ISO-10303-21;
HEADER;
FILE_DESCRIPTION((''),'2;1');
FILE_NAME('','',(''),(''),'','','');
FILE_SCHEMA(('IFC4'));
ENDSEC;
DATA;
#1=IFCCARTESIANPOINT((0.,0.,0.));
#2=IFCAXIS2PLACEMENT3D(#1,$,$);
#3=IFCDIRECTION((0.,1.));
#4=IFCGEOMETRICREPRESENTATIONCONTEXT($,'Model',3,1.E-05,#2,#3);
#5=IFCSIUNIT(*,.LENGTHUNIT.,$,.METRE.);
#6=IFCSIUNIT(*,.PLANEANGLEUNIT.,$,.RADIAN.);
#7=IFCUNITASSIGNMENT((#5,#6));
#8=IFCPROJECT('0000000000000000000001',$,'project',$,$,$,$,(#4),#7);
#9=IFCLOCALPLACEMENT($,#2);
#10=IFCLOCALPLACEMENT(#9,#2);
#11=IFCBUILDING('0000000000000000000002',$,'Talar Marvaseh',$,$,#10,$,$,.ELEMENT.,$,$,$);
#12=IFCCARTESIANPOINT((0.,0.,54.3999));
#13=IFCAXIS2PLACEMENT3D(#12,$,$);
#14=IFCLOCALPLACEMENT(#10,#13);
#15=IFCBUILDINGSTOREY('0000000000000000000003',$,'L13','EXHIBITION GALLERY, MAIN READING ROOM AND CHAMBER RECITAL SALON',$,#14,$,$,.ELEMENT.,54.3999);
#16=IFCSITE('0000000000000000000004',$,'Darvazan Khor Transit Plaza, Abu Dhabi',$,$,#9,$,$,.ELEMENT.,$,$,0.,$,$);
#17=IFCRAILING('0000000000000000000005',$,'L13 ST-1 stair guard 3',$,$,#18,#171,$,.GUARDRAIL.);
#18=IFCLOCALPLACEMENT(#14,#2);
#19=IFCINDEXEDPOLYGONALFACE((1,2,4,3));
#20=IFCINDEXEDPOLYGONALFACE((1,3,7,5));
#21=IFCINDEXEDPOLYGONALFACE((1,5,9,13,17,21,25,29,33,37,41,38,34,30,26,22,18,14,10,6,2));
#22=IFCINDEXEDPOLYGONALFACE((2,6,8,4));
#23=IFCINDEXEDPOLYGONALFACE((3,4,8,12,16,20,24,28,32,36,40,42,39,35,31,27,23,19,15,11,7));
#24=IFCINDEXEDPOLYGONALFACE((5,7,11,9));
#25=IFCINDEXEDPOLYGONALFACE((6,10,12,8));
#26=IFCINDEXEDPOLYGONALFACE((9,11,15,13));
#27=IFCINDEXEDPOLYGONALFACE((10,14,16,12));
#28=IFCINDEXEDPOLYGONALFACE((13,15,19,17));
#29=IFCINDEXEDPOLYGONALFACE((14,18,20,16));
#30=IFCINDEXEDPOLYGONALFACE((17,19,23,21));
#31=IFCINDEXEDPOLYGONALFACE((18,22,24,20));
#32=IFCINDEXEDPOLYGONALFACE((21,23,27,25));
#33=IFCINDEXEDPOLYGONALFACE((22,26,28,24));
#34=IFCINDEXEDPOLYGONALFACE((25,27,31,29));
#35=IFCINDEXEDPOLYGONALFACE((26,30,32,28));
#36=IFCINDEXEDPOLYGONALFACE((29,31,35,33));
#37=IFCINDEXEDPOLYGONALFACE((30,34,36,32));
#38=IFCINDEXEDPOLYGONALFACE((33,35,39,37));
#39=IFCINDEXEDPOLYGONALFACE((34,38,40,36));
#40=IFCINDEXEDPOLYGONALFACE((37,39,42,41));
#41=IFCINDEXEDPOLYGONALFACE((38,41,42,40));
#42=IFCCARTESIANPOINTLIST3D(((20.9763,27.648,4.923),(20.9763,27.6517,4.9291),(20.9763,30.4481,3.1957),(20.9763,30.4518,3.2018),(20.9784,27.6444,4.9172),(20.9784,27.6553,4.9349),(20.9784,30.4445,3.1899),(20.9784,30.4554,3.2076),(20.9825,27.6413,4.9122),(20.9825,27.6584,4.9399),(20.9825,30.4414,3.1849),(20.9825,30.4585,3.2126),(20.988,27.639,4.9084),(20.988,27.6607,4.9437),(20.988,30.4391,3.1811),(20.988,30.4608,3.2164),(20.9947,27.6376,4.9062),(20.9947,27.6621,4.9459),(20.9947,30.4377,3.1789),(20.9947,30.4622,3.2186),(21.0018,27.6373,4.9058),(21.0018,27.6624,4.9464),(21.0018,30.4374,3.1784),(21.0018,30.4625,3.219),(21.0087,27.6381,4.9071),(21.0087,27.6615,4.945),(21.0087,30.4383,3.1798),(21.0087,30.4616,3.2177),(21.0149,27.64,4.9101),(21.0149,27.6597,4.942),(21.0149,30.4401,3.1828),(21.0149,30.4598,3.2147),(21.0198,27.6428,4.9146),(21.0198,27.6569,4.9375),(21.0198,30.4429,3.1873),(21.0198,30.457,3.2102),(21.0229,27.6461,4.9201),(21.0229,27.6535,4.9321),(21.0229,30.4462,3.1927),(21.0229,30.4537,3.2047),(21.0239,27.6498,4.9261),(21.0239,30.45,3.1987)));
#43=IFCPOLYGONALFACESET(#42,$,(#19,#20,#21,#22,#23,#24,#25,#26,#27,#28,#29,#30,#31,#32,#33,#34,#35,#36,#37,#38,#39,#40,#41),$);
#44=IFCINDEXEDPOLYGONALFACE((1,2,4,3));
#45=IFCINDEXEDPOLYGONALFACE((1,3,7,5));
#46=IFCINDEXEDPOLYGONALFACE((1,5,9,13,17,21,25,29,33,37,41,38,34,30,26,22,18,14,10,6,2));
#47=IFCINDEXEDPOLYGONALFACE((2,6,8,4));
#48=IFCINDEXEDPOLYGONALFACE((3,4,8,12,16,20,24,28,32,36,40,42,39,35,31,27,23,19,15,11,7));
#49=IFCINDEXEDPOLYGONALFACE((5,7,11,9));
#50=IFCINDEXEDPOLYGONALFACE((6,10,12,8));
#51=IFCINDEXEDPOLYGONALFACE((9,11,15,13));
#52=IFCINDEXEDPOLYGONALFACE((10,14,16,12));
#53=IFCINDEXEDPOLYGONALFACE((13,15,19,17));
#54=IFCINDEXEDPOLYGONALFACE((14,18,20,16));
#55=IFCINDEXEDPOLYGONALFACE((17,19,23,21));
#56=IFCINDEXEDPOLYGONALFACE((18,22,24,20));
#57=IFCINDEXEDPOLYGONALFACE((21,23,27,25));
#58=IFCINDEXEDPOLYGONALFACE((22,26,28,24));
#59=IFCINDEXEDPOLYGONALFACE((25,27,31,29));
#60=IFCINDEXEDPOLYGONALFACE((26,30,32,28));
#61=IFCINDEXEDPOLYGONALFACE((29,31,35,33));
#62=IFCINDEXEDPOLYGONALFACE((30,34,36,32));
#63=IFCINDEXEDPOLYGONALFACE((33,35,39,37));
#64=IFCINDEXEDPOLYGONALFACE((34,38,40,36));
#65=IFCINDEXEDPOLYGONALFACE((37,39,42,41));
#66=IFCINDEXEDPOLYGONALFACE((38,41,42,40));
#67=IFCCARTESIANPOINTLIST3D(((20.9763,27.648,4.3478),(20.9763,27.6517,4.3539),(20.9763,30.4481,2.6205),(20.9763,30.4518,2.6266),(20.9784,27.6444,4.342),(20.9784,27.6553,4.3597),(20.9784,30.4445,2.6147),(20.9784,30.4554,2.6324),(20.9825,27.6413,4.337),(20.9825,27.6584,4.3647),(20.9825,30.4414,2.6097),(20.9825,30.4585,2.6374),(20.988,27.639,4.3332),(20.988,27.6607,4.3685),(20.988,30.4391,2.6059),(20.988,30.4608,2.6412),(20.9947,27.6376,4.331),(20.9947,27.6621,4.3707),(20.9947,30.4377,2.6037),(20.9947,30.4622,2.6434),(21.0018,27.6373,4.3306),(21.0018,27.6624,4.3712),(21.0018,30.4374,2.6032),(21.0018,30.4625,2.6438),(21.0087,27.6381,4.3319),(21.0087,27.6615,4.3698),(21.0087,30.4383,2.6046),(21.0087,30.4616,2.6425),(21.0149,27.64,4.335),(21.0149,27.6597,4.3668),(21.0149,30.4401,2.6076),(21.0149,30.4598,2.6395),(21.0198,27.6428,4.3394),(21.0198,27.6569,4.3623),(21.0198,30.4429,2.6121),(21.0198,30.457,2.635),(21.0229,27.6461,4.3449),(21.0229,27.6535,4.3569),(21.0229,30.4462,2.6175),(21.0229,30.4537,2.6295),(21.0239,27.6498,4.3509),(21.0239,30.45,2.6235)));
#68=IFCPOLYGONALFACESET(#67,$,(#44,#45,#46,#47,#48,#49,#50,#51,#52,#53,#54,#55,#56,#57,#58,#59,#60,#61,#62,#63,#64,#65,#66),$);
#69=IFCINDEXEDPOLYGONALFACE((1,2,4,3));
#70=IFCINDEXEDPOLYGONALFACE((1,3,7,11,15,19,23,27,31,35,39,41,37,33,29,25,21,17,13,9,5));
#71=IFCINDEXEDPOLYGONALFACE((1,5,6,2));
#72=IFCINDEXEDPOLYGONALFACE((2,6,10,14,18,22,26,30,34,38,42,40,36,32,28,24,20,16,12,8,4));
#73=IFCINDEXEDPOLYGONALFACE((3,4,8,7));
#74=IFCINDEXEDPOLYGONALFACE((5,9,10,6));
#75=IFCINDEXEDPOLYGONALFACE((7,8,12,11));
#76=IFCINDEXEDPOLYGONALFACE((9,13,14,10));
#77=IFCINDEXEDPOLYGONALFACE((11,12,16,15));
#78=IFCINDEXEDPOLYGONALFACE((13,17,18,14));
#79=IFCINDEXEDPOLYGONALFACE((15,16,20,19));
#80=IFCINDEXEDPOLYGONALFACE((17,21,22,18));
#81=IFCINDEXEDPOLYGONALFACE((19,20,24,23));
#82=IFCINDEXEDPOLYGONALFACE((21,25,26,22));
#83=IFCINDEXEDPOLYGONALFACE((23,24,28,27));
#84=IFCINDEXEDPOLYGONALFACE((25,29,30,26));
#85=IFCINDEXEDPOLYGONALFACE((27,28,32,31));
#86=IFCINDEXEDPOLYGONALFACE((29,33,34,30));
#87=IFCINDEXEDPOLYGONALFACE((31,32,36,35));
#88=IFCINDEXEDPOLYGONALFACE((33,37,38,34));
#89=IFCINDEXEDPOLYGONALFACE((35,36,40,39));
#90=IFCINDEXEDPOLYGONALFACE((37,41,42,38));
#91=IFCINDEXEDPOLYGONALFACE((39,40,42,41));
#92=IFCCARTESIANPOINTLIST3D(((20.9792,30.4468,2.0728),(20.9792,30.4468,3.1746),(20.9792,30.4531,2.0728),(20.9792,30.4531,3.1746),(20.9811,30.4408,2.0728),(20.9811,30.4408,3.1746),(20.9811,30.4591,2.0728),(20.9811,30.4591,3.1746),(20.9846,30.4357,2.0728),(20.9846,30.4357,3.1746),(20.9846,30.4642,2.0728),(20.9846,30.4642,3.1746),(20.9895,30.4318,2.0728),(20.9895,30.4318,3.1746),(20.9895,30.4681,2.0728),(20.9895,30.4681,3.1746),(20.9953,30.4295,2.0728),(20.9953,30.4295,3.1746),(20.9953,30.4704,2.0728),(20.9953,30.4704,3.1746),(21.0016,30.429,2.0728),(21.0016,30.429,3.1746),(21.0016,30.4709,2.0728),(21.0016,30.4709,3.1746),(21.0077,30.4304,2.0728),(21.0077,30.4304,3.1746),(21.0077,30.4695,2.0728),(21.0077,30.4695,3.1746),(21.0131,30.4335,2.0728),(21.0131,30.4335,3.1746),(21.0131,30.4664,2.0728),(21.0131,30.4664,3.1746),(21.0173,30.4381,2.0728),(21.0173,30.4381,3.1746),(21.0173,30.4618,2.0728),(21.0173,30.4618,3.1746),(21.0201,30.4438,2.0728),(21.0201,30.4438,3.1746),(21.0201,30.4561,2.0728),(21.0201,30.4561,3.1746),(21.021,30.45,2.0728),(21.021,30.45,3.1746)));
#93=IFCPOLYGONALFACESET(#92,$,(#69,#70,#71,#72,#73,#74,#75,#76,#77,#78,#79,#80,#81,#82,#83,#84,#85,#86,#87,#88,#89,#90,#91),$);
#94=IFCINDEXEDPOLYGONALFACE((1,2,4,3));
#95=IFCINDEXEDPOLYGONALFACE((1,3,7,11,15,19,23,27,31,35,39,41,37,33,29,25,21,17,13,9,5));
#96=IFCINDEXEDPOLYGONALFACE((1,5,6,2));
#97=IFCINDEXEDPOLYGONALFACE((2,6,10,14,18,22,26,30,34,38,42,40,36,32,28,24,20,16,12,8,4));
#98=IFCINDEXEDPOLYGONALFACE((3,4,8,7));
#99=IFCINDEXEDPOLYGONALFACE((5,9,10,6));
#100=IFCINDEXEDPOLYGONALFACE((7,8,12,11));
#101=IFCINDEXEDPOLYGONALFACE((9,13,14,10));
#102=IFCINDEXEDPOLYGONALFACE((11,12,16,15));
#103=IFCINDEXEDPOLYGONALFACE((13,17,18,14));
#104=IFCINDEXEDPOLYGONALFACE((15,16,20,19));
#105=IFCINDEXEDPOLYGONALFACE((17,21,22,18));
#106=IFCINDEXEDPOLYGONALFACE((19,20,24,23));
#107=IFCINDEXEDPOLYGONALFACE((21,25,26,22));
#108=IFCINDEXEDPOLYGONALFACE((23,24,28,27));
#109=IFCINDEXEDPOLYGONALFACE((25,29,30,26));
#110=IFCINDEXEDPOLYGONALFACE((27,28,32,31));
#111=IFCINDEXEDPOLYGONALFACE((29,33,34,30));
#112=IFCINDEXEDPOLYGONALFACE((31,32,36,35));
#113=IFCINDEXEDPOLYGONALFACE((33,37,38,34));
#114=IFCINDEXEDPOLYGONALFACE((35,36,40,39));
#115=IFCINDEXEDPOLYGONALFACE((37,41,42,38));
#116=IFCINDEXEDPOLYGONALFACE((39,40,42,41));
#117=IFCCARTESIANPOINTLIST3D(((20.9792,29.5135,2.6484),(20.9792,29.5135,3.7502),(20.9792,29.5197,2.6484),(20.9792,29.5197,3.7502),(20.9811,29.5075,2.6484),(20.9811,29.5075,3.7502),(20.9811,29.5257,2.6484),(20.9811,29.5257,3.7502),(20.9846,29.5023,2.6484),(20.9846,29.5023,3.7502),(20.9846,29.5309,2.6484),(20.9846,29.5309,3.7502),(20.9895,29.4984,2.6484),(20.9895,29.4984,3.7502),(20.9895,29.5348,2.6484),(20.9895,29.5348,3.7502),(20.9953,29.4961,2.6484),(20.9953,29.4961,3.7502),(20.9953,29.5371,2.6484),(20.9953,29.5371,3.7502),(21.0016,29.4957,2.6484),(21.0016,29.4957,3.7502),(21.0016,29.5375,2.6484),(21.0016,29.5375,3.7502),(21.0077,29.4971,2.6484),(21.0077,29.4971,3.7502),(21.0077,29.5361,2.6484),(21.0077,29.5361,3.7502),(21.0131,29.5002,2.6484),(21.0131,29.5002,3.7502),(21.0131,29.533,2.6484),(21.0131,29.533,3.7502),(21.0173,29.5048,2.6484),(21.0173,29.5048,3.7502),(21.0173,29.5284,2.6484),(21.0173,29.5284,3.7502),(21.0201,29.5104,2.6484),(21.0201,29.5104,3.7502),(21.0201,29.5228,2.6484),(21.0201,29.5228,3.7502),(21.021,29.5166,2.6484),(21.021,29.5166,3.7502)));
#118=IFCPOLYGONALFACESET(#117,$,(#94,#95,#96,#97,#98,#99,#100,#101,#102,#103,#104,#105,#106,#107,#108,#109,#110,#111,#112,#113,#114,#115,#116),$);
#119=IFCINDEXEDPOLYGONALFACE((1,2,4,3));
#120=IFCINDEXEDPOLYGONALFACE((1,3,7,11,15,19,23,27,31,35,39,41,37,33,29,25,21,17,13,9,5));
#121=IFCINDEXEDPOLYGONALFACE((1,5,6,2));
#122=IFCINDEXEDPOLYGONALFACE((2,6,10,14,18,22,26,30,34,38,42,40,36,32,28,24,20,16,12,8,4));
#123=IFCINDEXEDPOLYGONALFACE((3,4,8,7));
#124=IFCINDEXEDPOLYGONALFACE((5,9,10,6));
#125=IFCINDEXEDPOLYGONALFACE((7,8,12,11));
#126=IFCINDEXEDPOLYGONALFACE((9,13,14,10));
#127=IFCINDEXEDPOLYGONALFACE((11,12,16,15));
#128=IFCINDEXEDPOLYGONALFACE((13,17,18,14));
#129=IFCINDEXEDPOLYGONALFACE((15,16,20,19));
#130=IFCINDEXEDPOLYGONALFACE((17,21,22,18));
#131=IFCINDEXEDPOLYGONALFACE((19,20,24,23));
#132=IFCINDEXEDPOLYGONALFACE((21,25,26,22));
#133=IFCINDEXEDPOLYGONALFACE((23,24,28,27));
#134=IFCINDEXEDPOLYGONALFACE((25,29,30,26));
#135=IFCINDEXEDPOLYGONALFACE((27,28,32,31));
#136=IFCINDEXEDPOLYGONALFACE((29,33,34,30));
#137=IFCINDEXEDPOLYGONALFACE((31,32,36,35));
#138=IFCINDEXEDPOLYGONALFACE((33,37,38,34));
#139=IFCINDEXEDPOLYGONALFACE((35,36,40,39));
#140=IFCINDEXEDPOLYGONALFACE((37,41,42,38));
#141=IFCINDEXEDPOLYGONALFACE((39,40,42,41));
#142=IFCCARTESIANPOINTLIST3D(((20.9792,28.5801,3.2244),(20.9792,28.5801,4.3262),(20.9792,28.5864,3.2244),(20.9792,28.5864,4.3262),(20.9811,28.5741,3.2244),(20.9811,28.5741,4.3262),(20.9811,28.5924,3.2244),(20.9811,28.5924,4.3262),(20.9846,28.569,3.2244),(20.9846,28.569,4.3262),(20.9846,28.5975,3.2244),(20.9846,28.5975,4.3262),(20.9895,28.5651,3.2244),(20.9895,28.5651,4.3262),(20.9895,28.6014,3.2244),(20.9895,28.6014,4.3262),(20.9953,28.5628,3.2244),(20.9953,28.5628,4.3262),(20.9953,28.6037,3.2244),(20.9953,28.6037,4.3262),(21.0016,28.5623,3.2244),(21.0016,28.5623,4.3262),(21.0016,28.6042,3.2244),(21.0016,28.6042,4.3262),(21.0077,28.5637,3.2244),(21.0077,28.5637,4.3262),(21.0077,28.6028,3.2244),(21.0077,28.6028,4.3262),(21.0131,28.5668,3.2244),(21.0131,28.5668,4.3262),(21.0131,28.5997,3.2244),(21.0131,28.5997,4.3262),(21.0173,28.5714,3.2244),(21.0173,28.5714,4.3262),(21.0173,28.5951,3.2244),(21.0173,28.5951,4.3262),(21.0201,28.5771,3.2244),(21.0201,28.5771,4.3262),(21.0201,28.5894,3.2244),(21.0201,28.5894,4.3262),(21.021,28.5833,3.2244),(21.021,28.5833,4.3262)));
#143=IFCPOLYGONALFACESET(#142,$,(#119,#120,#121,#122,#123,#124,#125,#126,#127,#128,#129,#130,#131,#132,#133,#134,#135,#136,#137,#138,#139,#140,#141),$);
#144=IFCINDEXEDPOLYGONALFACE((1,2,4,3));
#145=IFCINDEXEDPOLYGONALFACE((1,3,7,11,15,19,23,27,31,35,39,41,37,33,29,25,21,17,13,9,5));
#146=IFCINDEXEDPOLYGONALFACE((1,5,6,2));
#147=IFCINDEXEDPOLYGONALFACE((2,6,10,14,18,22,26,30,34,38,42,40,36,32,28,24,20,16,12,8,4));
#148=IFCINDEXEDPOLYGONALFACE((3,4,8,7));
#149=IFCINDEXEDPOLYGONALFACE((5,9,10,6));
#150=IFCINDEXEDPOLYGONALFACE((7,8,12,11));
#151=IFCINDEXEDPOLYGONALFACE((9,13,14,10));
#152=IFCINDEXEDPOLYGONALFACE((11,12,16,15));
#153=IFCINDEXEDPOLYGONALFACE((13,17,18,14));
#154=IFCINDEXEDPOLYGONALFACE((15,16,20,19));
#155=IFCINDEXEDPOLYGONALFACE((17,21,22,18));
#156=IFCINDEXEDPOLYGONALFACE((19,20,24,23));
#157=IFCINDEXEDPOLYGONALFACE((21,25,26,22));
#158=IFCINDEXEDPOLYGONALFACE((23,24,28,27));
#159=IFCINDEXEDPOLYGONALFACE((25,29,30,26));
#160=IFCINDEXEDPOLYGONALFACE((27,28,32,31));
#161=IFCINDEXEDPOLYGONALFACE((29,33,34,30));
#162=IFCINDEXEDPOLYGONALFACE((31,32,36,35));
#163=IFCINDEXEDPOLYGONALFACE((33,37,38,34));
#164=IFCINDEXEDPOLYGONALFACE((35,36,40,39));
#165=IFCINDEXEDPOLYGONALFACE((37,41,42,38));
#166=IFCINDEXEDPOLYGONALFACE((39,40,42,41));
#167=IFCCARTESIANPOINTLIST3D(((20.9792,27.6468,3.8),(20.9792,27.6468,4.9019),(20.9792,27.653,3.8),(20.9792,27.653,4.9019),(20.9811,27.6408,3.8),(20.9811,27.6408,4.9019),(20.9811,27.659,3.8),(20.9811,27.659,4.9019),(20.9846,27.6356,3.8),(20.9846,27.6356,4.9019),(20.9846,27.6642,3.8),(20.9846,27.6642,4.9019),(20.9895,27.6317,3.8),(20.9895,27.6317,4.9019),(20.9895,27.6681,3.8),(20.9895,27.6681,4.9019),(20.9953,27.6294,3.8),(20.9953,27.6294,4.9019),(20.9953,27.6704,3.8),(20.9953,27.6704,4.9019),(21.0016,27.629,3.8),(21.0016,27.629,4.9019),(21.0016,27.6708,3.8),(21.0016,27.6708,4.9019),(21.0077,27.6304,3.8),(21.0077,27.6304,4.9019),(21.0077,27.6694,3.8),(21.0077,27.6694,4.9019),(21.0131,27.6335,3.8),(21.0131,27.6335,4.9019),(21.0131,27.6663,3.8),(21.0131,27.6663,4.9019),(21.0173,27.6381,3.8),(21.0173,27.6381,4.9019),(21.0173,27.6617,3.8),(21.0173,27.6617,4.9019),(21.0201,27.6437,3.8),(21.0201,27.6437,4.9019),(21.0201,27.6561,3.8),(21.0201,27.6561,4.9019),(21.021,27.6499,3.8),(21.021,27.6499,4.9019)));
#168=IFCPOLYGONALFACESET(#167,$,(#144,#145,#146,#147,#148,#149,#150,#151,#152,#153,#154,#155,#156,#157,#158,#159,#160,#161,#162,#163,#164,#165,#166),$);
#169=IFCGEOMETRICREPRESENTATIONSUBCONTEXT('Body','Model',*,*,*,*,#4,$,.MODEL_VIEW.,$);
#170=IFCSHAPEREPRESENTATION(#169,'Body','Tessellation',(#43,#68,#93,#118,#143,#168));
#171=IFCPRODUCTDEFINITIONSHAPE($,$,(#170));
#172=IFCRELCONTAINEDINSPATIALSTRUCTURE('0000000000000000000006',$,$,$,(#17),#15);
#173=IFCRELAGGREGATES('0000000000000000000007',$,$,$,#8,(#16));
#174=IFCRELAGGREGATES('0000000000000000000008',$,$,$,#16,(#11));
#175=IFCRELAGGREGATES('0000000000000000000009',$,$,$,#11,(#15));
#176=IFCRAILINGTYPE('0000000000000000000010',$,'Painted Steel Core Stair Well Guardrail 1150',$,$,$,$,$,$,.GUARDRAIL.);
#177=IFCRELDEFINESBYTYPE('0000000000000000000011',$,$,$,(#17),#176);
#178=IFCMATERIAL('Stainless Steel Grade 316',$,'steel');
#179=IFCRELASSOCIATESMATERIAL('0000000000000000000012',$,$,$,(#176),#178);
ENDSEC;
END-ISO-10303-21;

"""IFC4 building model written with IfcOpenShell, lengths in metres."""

from ifc_helpers import new_model, si_unit, direction, frame, origin, origin_2d, place, context, subcontext, project, spatial, circle, extrude, material, type_object, element, save


model = new_model("IFC4")

# Units and contexts
model_context = context("Model", 3, precision=1e-05, world=origin(), true_north=direction((0.0, 1.0)))
body_context = subcontext(model_context, "Body", "Model", "MODEL_VIEW")
ifc_project = project(units=[si_unit("LENGTHUNIT", "METRE"), si_unit("PLANEANGLEUNIT", "RADIAN")], contexts=[model_context])

# Site, building, storey
site_placement = place(None, origin())
site = spatial("IfcSite", under=ifc_project, at=site_placement, Name="Darvazan Khor Transit Plaza, Abu Dhabi", CompositionType="ELEMENT", RefElevation=0.0)
building_placement = place(site_placement, origin())
building = spatial("IfcBuilding", under=site, at=building_placement, Name="Talar Marvaseh", CompositionType="ELEMENT")
storey_placement = place(building_placement, frame((0.0, 0.0, 54.3999)))
storey = spatial("IfcBuildingStorey", under=building, at=storey_placement, Name="L13", Description="EXHIBITION GALLERY, MAIN READING ROOM AND CHAMBER RECITAL SALON", CompositionType="ELEMENT", Elevation=54.3999)

# Railing
ifc_material_1 = material(Name="Stainless Steel Grade 316", Category="steel")
railing_type_1 = type_object("IfcRailingType", Name="Painted Steel Core Stair Well Guardrail 1150", PredefinedType="GUARDRAIL", material=ifc_material_1)
railing_1_placement = place(storey_placement, frame((21.0, 30.45, 2.0728)))
element("IfcRailing", 1, at=railing_1_placement, inside=storey, type_object=railing_type_1, Name="L13 ST-1 stair guard 3", PredefinedType="GUARDRAIL", context=body_context, shape_type="SweptSolid", body=[
    extrude(circle(Radius=0.0239, at=origin_2d()), frame((0.0, 0.0, 1.126), z_axis=(0.0, -0.85109, 0.52502), x_axis=(1.0, 0.0, 0.0)), (0.0, 0.0, 1.0), 3.29),
    extrude(circle(Radius=0.0239, at=origin_2d()), frame((0.0, 0.0, 0.5508), z_axis=(0.0, -0.85109, 0.52502), x_axis=(1.0, 0.0, 0.0)), (0.0, 0.0, 1.0), 3.29),
    extrude(circle(Radius=0.021, at=origin_2d()), origin(), (0.0, 0.0, 1.0), 1.1018),
    extrude(circle(Radius=0.021, at=origin_2d()), frame((0.0, -0.9333, 0.5757)), (0.0, 0.0, 1.0), 1.1018),
    extrude(circle(Radius=0.021, at=origin_2d()), frame((0.0, -1.8667, 1.1516)), (0.0, 0.0, 1.0), 1.1018),
    extrude(circle(Radius=0.021, at=origin_2d()), frame((0.0, -2.8, 1.7273)), (0.0, 0.0, 1.0), 1.1018),
])

save(model, "model.ifc")
